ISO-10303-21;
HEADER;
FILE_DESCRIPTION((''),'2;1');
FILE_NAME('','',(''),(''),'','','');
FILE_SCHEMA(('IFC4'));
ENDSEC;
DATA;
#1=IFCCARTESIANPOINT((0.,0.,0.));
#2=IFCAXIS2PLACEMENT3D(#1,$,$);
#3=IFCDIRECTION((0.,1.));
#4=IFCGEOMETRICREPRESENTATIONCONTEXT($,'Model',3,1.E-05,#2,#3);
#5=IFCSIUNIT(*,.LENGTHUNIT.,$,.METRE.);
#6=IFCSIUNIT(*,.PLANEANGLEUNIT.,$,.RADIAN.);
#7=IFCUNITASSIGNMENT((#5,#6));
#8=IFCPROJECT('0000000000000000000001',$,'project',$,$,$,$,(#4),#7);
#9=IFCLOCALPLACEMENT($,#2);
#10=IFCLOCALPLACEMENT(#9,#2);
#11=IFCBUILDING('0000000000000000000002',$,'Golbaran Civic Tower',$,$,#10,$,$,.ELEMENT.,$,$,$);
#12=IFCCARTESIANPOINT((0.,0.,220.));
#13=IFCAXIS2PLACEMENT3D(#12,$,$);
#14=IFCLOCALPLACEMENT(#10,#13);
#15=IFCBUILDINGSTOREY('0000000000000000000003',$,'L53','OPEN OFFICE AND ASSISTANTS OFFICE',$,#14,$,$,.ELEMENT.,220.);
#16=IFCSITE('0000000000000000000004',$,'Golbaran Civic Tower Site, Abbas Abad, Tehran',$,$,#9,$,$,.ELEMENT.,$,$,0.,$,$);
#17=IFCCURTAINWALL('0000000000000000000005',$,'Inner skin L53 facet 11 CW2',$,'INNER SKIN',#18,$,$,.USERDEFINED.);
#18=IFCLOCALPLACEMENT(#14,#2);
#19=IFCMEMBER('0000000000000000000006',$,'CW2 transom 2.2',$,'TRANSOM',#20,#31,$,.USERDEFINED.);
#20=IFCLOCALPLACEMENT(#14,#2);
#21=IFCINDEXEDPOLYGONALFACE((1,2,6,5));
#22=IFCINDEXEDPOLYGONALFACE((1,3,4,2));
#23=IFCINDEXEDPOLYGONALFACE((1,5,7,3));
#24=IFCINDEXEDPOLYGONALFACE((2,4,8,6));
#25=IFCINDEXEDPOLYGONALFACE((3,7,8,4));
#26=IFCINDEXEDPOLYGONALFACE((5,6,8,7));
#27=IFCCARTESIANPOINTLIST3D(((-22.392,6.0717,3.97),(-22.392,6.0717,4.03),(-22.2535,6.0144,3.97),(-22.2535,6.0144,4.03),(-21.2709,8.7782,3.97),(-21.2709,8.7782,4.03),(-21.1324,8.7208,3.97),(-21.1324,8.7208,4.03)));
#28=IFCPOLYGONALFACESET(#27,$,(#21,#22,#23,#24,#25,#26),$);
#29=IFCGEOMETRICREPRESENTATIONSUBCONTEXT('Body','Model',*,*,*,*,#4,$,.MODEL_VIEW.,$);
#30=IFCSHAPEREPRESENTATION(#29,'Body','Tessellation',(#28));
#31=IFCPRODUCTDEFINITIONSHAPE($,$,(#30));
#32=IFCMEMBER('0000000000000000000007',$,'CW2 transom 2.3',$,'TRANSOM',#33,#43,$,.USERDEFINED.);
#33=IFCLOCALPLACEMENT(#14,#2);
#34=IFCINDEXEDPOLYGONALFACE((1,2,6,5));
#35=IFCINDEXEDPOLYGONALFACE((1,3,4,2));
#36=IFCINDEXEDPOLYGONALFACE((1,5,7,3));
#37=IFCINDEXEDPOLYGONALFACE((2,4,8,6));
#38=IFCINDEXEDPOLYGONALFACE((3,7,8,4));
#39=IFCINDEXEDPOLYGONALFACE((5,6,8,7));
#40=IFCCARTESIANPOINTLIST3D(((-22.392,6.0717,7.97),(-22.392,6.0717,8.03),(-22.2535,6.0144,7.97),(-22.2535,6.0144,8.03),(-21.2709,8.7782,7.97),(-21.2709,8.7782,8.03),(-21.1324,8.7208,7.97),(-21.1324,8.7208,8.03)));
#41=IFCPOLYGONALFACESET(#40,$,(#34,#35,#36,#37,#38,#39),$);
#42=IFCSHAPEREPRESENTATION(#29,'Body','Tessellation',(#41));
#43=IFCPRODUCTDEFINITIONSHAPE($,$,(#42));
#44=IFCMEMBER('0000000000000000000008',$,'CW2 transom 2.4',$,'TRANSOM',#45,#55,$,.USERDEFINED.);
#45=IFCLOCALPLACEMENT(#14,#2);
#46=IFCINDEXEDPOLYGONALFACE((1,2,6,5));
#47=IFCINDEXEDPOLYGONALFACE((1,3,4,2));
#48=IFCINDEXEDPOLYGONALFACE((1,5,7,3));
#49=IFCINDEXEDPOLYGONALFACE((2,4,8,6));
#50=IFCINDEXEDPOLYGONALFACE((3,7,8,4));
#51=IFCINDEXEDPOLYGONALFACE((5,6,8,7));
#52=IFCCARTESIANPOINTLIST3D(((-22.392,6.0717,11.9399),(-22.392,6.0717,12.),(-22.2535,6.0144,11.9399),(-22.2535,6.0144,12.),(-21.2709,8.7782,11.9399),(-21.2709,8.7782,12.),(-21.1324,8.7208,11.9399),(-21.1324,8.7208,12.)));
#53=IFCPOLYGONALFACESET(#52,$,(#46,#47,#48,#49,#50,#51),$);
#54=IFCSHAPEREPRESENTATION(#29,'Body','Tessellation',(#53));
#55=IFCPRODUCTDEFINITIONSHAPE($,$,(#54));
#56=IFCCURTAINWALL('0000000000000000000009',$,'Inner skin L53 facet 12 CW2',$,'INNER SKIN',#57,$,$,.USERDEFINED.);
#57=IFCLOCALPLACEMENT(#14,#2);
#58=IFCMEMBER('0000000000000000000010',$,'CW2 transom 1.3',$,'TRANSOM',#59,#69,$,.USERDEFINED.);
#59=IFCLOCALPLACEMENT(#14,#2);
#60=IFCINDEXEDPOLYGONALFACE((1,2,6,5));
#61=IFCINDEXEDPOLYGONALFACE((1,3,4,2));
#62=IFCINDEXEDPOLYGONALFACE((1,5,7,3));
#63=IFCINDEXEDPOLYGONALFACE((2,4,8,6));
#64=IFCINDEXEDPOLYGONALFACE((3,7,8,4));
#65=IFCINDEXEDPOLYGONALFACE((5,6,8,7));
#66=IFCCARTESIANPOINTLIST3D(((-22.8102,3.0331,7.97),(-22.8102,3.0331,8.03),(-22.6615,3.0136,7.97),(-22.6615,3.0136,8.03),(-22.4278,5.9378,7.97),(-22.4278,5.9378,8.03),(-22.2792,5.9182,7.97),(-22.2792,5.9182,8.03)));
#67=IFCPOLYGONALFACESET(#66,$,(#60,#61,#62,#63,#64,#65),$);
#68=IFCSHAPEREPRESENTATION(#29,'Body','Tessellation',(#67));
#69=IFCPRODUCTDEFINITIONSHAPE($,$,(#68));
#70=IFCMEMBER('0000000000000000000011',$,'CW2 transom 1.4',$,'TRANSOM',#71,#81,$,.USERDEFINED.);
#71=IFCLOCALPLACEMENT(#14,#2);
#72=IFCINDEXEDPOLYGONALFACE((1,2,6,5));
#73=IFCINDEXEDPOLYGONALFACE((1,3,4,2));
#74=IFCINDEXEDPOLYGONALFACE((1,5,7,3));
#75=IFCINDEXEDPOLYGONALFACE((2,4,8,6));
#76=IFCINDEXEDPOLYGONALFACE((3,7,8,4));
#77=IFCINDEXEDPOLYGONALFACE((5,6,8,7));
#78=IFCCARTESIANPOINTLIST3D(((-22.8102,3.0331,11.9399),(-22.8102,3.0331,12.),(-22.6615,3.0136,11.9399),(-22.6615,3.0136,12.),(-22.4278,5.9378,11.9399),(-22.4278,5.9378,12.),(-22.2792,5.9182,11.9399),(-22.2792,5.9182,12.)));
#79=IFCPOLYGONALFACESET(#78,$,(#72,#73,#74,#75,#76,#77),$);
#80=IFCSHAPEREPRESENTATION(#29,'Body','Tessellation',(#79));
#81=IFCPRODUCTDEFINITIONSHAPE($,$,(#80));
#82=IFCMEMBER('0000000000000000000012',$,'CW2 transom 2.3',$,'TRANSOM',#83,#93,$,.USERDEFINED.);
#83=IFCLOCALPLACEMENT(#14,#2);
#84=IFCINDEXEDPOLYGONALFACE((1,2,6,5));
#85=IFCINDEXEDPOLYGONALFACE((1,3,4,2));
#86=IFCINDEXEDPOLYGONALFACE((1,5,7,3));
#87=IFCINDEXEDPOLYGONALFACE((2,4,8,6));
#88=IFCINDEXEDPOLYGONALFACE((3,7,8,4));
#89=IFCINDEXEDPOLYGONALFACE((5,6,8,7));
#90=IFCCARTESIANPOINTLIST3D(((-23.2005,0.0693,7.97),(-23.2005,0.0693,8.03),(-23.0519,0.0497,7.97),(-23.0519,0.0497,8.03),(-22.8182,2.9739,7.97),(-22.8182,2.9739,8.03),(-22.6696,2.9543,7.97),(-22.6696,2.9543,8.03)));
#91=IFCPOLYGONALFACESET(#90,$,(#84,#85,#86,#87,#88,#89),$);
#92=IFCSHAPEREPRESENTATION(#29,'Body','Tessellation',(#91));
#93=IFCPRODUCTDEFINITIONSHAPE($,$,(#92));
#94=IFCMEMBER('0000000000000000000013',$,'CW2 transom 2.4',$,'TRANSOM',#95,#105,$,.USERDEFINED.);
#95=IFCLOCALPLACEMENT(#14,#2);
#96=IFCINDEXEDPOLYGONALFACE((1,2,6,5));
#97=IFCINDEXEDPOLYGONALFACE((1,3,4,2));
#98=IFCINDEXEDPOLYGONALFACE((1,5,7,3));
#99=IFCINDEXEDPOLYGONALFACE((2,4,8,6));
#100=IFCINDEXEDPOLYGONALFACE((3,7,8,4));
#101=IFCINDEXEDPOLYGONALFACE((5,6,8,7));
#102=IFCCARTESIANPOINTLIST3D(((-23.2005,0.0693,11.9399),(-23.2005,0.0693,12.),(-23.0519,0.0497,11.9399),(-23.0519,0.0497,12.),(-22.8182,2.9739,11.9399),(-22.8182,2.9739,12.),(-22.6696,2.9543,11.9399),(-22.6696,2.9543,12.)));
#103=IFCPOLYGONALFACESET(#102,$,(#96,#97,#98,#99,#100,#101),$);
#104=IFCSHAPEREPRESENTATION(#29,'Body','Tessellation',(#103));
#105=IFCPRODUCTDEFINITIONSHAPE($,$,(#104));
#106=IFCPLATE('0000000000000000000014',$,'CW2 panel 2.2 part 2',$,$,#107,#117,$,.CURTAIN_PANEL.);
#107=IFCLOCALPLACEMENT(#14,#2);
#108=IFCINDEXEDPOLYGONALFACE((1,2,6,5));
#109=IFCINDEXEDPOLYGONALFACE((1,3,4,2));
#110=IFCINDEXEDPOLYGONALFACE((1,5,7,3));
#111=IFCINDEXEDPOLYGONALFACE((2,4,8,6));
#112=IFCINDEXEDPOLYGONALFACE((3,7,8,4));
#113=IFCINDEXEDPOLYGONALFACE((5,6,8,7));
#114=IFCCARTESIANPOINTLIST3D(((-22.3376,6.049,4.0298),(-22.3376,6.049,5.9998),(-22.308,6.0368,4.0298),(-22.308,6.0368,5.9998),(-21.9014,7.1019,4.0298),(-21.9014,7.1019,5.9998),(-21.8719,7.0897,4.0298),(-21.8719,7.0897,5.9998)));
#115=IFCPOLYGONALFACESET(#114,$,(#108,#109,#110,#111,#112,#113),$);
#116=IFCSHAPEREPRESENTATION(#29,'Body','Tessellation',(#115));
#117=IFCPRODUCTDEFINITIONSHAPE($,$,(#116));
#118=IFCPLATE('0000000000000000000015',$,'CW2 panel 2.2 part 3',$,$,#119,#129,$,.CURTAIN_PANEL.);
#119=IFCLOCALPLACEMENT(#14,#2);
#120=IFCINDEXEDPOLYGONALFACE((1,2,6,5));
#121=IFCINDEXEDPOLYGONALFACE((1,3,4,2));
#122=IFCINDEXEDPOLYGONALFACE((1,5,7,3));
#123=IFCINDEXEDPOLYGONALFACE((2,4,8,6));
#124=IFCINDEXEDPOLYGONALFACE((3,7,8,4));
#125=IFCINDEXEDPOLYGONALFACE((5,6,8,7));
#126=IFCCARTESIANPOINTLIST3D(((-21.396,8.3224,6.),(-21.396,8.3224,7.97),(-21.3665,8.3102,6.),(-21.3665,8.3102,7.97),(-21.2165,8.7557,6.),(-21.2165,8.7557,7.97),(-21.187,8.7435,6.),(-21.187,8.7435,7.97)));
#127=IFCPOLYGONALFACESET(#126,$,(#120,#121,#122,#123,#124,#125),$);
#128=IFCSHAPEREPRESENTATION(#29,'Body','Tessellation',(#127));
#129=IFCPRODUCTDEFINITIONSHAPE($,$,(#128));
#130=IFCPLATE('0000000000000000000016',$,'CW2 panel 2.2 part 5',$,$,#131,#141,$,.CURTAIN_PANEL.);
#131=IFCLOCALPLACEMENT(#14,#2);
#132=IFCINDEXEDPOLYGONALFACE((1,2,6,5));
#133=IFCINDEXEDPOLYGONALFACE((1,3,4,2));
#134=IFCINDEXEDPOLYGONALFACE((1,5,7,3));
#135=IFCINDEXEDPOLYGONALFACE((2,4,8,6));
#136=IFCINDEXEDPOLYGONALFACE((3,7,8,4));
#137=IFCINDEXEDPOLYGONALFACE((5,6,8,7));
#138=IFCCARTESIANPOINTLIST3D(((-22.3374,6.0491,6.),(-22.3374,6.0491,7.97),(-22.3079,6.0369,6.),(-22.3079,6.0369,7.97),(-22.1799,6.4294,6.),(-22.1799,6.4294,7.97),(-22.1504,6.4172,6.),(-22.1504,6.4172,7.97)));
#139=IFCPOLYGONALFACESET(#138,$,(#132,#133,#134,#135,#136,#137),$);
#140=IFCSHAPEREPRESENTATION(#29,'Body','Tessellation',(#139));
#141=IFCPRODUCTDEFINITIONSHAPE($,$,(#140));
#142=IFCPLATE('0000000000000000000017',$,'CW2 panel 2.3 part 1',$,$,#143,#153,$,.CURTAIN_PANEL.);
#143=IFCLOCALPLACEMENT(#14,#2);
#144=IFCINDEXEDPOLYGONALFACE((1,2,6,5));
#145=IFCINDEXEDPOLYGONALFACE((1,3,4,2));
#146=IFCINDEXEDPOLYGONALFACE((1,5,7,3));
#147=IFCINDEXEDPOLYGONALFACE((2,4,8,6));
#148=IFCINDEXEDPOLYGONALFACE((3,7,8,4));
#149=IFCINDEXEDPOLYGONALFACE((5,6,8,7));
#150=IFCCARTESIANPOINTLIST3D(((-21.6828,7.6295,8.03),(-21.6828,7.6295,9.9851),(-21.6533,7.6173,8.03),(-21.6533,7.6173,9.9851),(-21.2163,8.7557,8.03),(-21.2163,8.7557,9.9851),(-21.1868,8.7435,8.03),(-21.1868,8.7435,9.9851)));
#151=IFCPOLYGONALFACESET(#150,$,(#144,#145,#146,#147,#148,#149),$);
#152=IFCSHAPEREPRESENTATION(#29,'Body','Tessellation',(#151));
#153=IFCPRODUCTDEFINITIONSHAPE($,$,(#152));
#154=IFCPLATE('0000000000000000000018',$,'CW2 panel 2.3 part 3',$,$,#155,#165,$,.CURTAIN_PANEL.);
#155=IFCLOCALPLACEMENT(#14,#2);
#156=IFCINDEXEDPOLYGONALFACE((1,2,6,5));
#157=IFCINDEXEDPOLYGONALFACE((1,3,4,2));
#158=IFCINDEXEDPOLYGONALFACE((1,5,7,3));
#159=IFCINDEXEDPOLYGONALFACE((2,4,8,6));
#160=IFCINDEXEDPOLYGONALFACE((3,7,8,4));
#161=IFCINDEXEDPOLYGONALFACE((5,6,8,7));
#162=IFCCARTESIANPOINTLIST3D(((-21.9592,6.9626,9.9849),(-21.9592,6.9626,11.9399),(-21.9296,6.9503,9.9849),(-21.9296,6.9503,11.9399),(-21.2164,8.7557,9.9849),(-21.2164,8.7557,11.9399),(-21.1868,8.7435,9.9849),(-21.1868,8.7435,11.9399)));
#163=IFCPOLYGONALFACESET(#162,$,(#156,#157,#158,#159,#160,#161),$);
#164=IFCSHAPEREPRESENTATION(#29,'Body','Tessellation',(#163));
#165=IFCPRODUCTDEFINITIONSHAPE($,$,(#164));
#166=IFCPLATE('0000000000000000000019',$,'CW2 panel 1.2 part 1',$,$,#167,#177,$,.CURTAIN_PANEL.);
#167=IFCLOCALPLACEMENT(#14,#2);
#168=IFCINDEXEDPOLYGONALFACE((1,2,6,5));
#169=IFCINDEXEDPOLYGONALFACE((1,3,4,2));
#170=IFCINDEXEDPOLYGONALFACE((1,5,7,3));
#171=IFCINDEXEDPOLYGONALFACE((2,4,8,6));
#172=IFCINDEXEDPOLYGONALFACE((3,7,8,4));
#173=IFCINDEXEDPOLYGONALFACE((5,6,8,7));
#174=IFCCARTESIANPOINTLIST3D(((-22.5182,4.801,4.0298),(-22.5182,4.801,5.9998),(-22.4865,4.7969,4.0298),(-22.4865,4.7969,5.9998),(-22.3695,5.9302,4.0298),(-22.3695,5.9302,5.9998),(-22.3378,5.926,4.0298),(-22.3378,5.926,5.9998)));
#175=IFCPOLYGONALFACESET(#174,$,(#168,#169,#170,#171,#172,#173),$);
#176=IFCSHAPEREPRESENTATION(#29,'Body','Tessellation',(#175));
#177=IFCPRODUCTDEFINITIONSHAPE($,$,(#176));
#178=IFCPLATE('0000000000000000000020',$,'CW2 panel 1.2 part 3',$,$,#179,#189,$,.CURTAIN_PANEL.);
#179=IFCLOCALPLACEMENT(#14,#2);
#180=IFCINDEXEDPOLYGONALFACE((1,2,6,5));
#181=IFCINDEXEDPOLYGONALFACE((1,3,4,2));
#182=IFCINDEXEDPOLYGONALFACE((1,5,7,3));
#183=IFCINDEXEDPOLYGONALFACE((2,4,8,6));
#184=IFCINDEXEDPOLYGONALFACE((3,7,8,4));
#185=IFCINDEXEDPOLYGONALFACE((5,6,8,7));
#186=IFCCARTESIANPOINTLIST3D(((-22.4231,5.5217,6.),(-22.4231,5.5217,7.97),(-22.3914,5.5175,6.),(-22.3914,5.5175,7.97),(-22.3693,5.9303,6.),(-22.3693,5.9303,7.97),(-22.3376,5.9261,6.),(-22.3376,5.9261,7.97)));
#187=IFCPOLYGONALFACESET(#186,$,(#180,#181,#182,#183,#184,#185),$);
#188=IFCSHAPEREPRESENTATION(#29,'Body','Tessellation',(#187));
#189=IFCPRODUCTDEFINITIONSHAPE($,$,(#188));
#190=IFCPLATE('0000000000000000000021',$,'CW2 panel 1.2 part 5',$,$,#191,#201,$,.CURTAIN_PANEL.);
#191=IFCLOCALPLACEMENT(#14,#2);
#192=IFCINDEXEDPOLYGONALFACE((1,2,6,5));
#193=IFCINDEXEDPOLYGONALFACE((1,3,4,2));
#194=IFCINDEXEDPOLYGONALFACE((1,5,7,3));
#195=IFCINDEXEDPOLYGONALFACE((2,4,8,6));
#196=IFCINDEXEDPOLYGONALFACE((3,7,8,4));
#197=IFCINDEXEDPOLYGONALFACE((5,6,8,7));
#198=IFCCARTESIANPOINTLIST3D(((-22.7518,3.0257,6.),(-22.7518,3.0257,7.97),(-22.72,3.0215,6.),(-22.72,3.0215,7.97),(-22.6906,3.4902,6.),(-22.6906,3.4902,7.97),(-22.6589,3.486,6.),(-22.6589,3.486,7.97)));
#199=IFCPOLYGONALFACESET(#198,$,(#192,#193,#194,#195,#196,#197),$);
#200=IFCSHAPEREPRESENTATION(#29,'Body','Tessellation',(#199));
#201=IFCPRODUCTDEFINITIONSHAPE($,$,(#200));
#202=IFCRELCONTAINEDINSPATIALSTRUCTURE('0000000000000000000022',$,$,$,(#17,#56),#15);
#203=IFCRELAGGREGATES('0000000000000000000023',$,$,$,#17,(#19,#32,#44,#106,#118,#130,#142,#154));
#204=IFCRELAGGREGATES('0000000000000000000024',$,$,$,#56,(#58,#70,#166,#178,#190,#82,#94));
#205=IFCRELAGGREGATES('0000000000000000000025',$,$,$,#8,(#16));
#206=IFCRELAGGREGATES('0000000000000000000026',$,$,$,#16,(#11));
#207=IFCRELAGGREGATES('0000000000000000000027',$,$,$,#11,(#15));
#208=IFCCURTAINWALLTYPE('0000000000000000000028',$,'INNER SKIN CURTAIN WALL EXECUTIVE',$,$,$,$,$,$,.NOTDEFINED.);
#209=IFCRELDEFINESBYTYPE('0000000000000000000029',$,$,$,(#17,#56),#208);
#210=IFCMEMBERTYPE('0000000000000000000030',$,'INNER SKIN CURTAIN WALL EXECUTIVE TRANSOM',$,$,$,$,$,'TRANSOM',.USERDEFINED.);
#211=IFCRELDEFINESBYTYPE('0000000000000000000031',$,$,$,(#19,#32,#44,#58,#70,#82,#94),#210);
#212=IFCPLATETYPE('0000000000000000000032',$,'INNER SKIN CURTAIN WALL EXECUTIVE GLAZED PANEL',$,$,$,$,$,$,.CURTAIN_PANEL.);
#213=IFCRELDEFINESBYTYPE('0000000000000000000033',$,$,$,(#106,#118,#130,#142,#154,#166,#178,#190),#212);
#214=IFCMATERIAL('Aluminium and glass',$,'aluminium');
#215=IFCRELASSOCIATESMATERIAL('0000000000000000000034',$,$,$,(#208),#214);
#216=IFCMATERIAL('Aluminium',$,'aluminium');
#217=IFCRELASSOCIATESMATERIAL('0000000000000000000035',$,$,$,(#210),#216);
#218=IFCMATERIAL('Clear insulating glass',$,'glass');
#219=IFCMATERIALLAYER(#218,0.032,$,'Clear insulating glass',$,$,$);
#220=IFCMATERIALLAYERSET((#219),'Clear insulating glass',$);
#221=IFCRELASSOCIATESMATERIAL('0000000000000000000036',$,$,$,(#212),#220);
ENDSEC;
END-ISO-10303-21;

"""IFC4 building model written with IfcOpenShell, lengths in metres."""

from ifc_helpers import new_model, si_unit, direction, frame, origin, origin_2d, place, context, subcontext, project, spatial, rectangle, extrude, material, layer, layer_set, material_profile, profile_set, type_object, element, aggregate, save


model = new_model("IFC4")

# Units and contexts
model_context = context("Model", 3, precision=1e-05, world=origin(), true_north=direction((0.0, 1.0)))
body_context = subcontext(model_context, "Body", "Model", "MODEL_VIEW")
ifc_project = project(units=[si_unit("LENGTHUNIT", "METRE"), si_unit("PLANEANGLEUNIT", "RADIAN")], contexts=[model_context])

# Site, building, storey
site_placement = place(None, origin())
site = spatial("IfcSite", under=ifc_project, at=site_placement, Name="Golbaran Civic Tower Site, Abbas Abad, Tehran", CompositionType="ELEMENT", RefElevation=0.0)
building_placement = place(site_placement, origin())
building = spatial("IfcBuilding", under=site, at=building_placement, Name="Golbaran Civic Tower", CompositionType="ELEMENT")
storey_placement = place(building_placement, frame((0.0, 0.0, 220.0)))
storey = spatial("IfcBuildingStorey", under=building, at=storey_placement, Name="L53", Description="OPEN OFFICE AND ASSISTANTS OFFICE", CompositionType="ELEMENT", Elevation=220.0)

# Curtain walls, members
ifc_material_1 = material(Name="Aluminium and glass", Category="aluminium")
curtain_wall_type = type_object("IfcCurtainWallType", Name="INNER SKIN CURTAIN WALL EXECUTIVE", PredefinedType="NOTDEFINED", material=ifc_material_1)
curtain_wall_1_placement = place(storey_placement, origin())
curtain_wall_1 = element("IfcCurtainWall", 1, at=curtain_wall_1_placement, inside=storey, type_object=curtain_wall_type, Name="Inner skin L53 facet 11 CW2", ObjectType="INNER SKIN", PredefinedType="USERDEFINED")
ifc_material_2 = material(Name="Aluminium", Category="aluminium")
ifc_material_profile = material_profile(ifc_material_2, rectangle(XDim=0.1499, YDim=0.0601, at=origin_2d()), Name="INNER SKIN CURTAIN WALL EXECUTIVE TRANSOM")
ifc_profile_set = profile_set([ifc_material_profile], Name="Aluminium")
member_type = type_object("IfcMemberType", Name="INNER SKIN CURTAIN WALL EXECUTIVE TRANSOM", ElementType="TRANSOM", PredefinedType="USERDEFINED", material=ifc_profile_set)
member_1_placement = place(storey_placement, frame((-21.2017, 8.7495, 4.0), z_axis=(-0.382685, -0.923879, 0.0), x_axis=(0.923879, -0.382685, 0.0)))
member_1 = element("IfcMember", 2, at=member_1_placement, type_object=member_type, Name="CW2 transom 2.2", ObjectType="TRANSOM", PredefinedType="USERDEFINED", context=body_context, shape_type="SweptSolid", body=[
    extrude(rectangle(XDim=0.1499, YDim=0.0601, at=origin_2d()), origin(), (0.0, 0.0, 1.0), 2.9294),
])
member_2_placement = place(storey_placement, frame((-21.2017, 8.7495, 8.0), z_axis=(-0.382685, -0.923879, 0.0), x_axis=(0.923879, -0.382685, 0.0)))
member_2 = element("IfcMember", 3, at=member_2_placement, type_object=member_type, Name="CW2 transom 2.3", ObjectType="TRANSOM", PredefinedType="USERDEFINED", context=body_context, shape_type="SweptSolid", body=[
    extrude(rectangle(XDim=0.1499, YDim=0.0601, at=origin_2d()), origin(), (0.0, 0.0, 1.0), 2.9294),
])
member_3_placement = place(storey_placement, frame((-21.2017, 8.7495, 11.97), z_axis=(-0.382685, -0.923879, 0.0), x_axis=(0.923879, -0.382685, 0.0)))
member_3 = element("IfcMember", 4, at=member_3_placement, type_object=member_type, Name="CW2 transom 2.4", ObjectType="TRANSOM", PredefinedType="USERDEFINED", context=body_context, shape_type="SweptSolid", body=[
    extrude(rectangle(XDim=0.1499, YDim=0.0601, at=origin_2d()), origin(), (0.0, 0.0, 1.0), 2.9294),
])
curtain_wall_2_placement = place(storey_placement, origin())
curtain_wall_2 = element("IfcCurtainWall", 5, at=curtain_wall_2_placement, inside=storey, type_object=curtain_wall_type, Name="Inner skin L53 facet 12 CW2", ObjectType="INNER SKIN", PredefinedType="USERDEFINED")
member_4_placement = place(storey_placement, frame((-22.3535, 5.928, 8.0), z_axis=(-0.130504, -0.991448, 0.0), x_axis=(0.991448, -0.130504, 0.0)))
member_4 = element("IfcMember", 6, at=member_4_placement, type_object=member_type, Name="CW2 transom 1.3", ObjectType="TRANSOM", PredefinedType="USERDEFINED", context=body_context, shape_type="SweptSolid", body=[
    extrude(rectangle(XDim=0.1499, YDim=0.0601, at=origin_2d()), origin(), (0.0, 0.0, 1.0), 2.9297),
])
member_5_placement = place(storey_placement, frame((-22.3535, 5.928, 11.97), z_axis=(-0.130504, -0.991448, 0.0), x_axis=(0.991448, -0.130504, 0.0)))
member_5 = element("IfcMember", 7, at=member_5_placement, type_object=member_type, Name="CW2 transom 1.4", ObjectType="TRANSOM", PredefinedType="USERDEFINED", context=body_context, shape_type="SweptSolid", body=[
    extrude(rectangle(XDim=0.1499, YDim=0.0601, at=origin_2d()), origin(), (0.0, 0.0, 1.0), 2.9297),
])
member_6_placement = place(storey_placement, frame((-22.7439, 2.9641, 8.0), z_axis=(-0.130504, -0.991448, 0.0), x_axis=(0.991448, -0.130504, 0.0)))
member_6 = element("IfcMember", 8, at=member_6_placement, type_object=member_type, Name="CW2 transom 2.3", ObjectType="TRANSOM", PredefinedType="USERDEFINED", context=body_context, shape_type="SweptSolid", body=[
    extrude(rectangle(XDim=0.1499, YDim=0.0601, at=origin_2d()), origin(), (0.0, 0.0, 1.0), 2.9297),
])
member_7_placement = place(storey_placement, frame((-22.7439, 2.9641, 11.97), z_axis=(-0.130504, -0.991448, 0.0), x_axis=(0.991448, -0.130504, 0.0)))
member_7 = element("IfcMember", 9, at=member_7_placement, type_object=member_type, Name="CW2 transom 2.4", ObjectType="TRANSOM", PredefinedType="USERDEFINED", context=body_context, shape_type="SweptSolid", body=[
    extrude(rectangle(XDim=0.1499, YDim=0.0601, at=origin_2d()), origin(), (0.0, 0.0, 1.0), 2.9297),
])

# Plates
ifc_material_3 = material(Name="Clear insulating glass", Category="glass")
ifc_layer_1 = layer(ifc_material_3, 0.032, Name="Clear insulating glass")
ifc_layer_set_1 = layer_set([ifc_layer_1], Name="Clear insulating glass")
plate_type_1 = type_object("IfcPlateType", Name="INNER SKIN CURTAIN WALL EXECUTIVE GLAZED PANEL", PredefinedType="CURTAIN_PANEL", material=ifc_layer_set_1)
plate_1_placement = place(storey_placement, frame((-22.1047, 6.5693, 4.0298), z_axis=(0.0, 0.0, 1.0), x_axis=(-0.382683, -0.92388, 0.0)))
plate_1 = element("IfcPlate", 10, at=plate_1_placement, type_object=plate_type_1, Name="CW2 panel 2.2 part 2", PredefinedType="CURTAIN_PANEL", context=body_context, shape_type="SweptSolid", body=[
    extrude(rectangle(XDim=1.1396, YDim=0.032, at=origin_2d()), origin(), (0.0, 0.0, 1.0), 1.97),
])
plate_2_placement = place(storey_placement, frame((-21.2915, 8.533, 6.0), z_axis=(0.0, 0.0, 1.0), x_axis=(-0.382683, -0.92388, 0.0)))
plate_2 = element("IfcPlate", 11, at=plate_2_placement, type_object=plate_type_1, Name="CW2 panel 2.2 part 3", PredefinedType="CURTAIN_PANEL", context=body_context, shape_type="SweptSolid", body=[
    extrude(rectangle(XDim=0.469, YDim=0.032, at=origin_2d()), origin(), (0.0, 0.0, 1.0), 1.97),
])
plate_3_placement = place(storey_placement, frame((-22.2439, 6.2332, 6.0), z_axis=(0.0, 0.0, 1.0), x_axis=(-0.382683, -0.92388, 0.0)))
plate_3 = element("IfcPlate", 12, at=plate_3_placement, type_object=plate_type_1, Name="CW2 panel 2.2 part 5", PredefinedType="CURTAIN_PANEL", context=body_context, shape_type="SweptSolid", body=[
    extrude(rectangle(XDim=0.4116, YDim=0.032, at=origin_2d()), origin(), (0.0, 0.0, 1.0), 1.97),
])
plate_4_placement = place(storey_placement, frame((-21.4348, 8.1865, 8.03), z_axis=(0.0, 0.0, 1.0), x_axis=(-0.382683, -0.92388, 0.0)))
plate_4 = element("IfcPlate", 13, at=plate_4_placement, type_object=plate_type_1, Name="CW2 panel 2.3 part 1", PredefinedType="CURTAIN_PANEL", context=body_context, shape_type="SweptSolid", body=[
    extrude(rectangle(XDim=1.219, YDim=0.032, at=origin_2d()), origin(), (0.0, 0.0, 1.0), 1.9551),
])
plate_5_placement = place(storey_placement, frame((-21.573, 7.853, 9.9849), z_axis=(0.0, 0.0, 1.0), x_axis=(-0.382683, -0.92388, 0.0)))
plate_5 = element("IfcPlate", 14, at=plate_5_placement, type_object=plate_type_1, Name="CW2 panel 2.3 part 3", PredefinedType="CURTAIN_PANEL", context=body_context, shape_type="SweptSolid", body=[
    extrude(rectangle(XDim=1.9409, YDim=0.032, at=origin_2d()), origin(), (0.0, 0.0, 1.0), 1.9551),
])
plate_6_placement = place(storey_placement, frame((-22.428, 5.3635, 4.0298), z_axis=(0.0, 0.0, 1.0), x_axis=(-0.130526, -0.991445, 0.0)))
plate_6 = element("IfcPlate", 15, at=plate_6_placement, type_object=plate_type_1, Name="CW2 panel 1.2 part 1", PredefinedType="CURTAIN_PANEL", context=body_context, shape_type="SweptSolid", body=[
    extrude(rectangle(XDim=1.1389, YDim=0.032, at=origin_2d()), origin(), (0.0, 0.0, 1.0), 1.97),
])
plate_7_placement = place(storey_placement, frame((-22.3804, 5.7239, 6.0), z_axis=(0.0, 0.0, 1.0), x_axis=(-0.130526, -0.991445, 0.0)))
plate_7 = element("IfcPlate", 16, at=plate_7_placement, type_object=plate_type_1, Name="CW2 panel 1.2 part 3", PredefinedType="CURTAIN_PANEL", context=body_context, shape_type="SweptSolid", body=[
    extrude(rectangle(XDim=0.4121, YDim=0.032, at=origin_2d()), origin(), (0.0, 0.0, 1.0), 1.97),
])
plate_8_placement = place(storey_placement, frame((-22.7053, 3.2559, 6.0), z_axis=(0.0, 0.0, 1.0), x_axis=(-0.130526, -0.991445, 0.0)))
plate_8 = element("IfcPlate", 17, at=plate_8_placement, type_object=plate_type_1, Name="CW2 panel 1.2 part 5", PredefinedType="CURTAIN_PANEL", context=body_context, shape_type="SweptSolid", body=[
    extrude(rectangle(XDim=0.4685, YDim=0.032, at=origin_2d()), origin(), (0.0, 0.0, 1.0), 1.97),
])
aggregate(curtain_wall_1, [member_1, member_2, member_3, plate_1, plate_2, plate_3, plate_4, plate_5])
aggregate(curtain_wall_2, [member_4, member_5, plate_6, plate_7, plate_8, member_6, member_7])

save(model, "model.ifc")
